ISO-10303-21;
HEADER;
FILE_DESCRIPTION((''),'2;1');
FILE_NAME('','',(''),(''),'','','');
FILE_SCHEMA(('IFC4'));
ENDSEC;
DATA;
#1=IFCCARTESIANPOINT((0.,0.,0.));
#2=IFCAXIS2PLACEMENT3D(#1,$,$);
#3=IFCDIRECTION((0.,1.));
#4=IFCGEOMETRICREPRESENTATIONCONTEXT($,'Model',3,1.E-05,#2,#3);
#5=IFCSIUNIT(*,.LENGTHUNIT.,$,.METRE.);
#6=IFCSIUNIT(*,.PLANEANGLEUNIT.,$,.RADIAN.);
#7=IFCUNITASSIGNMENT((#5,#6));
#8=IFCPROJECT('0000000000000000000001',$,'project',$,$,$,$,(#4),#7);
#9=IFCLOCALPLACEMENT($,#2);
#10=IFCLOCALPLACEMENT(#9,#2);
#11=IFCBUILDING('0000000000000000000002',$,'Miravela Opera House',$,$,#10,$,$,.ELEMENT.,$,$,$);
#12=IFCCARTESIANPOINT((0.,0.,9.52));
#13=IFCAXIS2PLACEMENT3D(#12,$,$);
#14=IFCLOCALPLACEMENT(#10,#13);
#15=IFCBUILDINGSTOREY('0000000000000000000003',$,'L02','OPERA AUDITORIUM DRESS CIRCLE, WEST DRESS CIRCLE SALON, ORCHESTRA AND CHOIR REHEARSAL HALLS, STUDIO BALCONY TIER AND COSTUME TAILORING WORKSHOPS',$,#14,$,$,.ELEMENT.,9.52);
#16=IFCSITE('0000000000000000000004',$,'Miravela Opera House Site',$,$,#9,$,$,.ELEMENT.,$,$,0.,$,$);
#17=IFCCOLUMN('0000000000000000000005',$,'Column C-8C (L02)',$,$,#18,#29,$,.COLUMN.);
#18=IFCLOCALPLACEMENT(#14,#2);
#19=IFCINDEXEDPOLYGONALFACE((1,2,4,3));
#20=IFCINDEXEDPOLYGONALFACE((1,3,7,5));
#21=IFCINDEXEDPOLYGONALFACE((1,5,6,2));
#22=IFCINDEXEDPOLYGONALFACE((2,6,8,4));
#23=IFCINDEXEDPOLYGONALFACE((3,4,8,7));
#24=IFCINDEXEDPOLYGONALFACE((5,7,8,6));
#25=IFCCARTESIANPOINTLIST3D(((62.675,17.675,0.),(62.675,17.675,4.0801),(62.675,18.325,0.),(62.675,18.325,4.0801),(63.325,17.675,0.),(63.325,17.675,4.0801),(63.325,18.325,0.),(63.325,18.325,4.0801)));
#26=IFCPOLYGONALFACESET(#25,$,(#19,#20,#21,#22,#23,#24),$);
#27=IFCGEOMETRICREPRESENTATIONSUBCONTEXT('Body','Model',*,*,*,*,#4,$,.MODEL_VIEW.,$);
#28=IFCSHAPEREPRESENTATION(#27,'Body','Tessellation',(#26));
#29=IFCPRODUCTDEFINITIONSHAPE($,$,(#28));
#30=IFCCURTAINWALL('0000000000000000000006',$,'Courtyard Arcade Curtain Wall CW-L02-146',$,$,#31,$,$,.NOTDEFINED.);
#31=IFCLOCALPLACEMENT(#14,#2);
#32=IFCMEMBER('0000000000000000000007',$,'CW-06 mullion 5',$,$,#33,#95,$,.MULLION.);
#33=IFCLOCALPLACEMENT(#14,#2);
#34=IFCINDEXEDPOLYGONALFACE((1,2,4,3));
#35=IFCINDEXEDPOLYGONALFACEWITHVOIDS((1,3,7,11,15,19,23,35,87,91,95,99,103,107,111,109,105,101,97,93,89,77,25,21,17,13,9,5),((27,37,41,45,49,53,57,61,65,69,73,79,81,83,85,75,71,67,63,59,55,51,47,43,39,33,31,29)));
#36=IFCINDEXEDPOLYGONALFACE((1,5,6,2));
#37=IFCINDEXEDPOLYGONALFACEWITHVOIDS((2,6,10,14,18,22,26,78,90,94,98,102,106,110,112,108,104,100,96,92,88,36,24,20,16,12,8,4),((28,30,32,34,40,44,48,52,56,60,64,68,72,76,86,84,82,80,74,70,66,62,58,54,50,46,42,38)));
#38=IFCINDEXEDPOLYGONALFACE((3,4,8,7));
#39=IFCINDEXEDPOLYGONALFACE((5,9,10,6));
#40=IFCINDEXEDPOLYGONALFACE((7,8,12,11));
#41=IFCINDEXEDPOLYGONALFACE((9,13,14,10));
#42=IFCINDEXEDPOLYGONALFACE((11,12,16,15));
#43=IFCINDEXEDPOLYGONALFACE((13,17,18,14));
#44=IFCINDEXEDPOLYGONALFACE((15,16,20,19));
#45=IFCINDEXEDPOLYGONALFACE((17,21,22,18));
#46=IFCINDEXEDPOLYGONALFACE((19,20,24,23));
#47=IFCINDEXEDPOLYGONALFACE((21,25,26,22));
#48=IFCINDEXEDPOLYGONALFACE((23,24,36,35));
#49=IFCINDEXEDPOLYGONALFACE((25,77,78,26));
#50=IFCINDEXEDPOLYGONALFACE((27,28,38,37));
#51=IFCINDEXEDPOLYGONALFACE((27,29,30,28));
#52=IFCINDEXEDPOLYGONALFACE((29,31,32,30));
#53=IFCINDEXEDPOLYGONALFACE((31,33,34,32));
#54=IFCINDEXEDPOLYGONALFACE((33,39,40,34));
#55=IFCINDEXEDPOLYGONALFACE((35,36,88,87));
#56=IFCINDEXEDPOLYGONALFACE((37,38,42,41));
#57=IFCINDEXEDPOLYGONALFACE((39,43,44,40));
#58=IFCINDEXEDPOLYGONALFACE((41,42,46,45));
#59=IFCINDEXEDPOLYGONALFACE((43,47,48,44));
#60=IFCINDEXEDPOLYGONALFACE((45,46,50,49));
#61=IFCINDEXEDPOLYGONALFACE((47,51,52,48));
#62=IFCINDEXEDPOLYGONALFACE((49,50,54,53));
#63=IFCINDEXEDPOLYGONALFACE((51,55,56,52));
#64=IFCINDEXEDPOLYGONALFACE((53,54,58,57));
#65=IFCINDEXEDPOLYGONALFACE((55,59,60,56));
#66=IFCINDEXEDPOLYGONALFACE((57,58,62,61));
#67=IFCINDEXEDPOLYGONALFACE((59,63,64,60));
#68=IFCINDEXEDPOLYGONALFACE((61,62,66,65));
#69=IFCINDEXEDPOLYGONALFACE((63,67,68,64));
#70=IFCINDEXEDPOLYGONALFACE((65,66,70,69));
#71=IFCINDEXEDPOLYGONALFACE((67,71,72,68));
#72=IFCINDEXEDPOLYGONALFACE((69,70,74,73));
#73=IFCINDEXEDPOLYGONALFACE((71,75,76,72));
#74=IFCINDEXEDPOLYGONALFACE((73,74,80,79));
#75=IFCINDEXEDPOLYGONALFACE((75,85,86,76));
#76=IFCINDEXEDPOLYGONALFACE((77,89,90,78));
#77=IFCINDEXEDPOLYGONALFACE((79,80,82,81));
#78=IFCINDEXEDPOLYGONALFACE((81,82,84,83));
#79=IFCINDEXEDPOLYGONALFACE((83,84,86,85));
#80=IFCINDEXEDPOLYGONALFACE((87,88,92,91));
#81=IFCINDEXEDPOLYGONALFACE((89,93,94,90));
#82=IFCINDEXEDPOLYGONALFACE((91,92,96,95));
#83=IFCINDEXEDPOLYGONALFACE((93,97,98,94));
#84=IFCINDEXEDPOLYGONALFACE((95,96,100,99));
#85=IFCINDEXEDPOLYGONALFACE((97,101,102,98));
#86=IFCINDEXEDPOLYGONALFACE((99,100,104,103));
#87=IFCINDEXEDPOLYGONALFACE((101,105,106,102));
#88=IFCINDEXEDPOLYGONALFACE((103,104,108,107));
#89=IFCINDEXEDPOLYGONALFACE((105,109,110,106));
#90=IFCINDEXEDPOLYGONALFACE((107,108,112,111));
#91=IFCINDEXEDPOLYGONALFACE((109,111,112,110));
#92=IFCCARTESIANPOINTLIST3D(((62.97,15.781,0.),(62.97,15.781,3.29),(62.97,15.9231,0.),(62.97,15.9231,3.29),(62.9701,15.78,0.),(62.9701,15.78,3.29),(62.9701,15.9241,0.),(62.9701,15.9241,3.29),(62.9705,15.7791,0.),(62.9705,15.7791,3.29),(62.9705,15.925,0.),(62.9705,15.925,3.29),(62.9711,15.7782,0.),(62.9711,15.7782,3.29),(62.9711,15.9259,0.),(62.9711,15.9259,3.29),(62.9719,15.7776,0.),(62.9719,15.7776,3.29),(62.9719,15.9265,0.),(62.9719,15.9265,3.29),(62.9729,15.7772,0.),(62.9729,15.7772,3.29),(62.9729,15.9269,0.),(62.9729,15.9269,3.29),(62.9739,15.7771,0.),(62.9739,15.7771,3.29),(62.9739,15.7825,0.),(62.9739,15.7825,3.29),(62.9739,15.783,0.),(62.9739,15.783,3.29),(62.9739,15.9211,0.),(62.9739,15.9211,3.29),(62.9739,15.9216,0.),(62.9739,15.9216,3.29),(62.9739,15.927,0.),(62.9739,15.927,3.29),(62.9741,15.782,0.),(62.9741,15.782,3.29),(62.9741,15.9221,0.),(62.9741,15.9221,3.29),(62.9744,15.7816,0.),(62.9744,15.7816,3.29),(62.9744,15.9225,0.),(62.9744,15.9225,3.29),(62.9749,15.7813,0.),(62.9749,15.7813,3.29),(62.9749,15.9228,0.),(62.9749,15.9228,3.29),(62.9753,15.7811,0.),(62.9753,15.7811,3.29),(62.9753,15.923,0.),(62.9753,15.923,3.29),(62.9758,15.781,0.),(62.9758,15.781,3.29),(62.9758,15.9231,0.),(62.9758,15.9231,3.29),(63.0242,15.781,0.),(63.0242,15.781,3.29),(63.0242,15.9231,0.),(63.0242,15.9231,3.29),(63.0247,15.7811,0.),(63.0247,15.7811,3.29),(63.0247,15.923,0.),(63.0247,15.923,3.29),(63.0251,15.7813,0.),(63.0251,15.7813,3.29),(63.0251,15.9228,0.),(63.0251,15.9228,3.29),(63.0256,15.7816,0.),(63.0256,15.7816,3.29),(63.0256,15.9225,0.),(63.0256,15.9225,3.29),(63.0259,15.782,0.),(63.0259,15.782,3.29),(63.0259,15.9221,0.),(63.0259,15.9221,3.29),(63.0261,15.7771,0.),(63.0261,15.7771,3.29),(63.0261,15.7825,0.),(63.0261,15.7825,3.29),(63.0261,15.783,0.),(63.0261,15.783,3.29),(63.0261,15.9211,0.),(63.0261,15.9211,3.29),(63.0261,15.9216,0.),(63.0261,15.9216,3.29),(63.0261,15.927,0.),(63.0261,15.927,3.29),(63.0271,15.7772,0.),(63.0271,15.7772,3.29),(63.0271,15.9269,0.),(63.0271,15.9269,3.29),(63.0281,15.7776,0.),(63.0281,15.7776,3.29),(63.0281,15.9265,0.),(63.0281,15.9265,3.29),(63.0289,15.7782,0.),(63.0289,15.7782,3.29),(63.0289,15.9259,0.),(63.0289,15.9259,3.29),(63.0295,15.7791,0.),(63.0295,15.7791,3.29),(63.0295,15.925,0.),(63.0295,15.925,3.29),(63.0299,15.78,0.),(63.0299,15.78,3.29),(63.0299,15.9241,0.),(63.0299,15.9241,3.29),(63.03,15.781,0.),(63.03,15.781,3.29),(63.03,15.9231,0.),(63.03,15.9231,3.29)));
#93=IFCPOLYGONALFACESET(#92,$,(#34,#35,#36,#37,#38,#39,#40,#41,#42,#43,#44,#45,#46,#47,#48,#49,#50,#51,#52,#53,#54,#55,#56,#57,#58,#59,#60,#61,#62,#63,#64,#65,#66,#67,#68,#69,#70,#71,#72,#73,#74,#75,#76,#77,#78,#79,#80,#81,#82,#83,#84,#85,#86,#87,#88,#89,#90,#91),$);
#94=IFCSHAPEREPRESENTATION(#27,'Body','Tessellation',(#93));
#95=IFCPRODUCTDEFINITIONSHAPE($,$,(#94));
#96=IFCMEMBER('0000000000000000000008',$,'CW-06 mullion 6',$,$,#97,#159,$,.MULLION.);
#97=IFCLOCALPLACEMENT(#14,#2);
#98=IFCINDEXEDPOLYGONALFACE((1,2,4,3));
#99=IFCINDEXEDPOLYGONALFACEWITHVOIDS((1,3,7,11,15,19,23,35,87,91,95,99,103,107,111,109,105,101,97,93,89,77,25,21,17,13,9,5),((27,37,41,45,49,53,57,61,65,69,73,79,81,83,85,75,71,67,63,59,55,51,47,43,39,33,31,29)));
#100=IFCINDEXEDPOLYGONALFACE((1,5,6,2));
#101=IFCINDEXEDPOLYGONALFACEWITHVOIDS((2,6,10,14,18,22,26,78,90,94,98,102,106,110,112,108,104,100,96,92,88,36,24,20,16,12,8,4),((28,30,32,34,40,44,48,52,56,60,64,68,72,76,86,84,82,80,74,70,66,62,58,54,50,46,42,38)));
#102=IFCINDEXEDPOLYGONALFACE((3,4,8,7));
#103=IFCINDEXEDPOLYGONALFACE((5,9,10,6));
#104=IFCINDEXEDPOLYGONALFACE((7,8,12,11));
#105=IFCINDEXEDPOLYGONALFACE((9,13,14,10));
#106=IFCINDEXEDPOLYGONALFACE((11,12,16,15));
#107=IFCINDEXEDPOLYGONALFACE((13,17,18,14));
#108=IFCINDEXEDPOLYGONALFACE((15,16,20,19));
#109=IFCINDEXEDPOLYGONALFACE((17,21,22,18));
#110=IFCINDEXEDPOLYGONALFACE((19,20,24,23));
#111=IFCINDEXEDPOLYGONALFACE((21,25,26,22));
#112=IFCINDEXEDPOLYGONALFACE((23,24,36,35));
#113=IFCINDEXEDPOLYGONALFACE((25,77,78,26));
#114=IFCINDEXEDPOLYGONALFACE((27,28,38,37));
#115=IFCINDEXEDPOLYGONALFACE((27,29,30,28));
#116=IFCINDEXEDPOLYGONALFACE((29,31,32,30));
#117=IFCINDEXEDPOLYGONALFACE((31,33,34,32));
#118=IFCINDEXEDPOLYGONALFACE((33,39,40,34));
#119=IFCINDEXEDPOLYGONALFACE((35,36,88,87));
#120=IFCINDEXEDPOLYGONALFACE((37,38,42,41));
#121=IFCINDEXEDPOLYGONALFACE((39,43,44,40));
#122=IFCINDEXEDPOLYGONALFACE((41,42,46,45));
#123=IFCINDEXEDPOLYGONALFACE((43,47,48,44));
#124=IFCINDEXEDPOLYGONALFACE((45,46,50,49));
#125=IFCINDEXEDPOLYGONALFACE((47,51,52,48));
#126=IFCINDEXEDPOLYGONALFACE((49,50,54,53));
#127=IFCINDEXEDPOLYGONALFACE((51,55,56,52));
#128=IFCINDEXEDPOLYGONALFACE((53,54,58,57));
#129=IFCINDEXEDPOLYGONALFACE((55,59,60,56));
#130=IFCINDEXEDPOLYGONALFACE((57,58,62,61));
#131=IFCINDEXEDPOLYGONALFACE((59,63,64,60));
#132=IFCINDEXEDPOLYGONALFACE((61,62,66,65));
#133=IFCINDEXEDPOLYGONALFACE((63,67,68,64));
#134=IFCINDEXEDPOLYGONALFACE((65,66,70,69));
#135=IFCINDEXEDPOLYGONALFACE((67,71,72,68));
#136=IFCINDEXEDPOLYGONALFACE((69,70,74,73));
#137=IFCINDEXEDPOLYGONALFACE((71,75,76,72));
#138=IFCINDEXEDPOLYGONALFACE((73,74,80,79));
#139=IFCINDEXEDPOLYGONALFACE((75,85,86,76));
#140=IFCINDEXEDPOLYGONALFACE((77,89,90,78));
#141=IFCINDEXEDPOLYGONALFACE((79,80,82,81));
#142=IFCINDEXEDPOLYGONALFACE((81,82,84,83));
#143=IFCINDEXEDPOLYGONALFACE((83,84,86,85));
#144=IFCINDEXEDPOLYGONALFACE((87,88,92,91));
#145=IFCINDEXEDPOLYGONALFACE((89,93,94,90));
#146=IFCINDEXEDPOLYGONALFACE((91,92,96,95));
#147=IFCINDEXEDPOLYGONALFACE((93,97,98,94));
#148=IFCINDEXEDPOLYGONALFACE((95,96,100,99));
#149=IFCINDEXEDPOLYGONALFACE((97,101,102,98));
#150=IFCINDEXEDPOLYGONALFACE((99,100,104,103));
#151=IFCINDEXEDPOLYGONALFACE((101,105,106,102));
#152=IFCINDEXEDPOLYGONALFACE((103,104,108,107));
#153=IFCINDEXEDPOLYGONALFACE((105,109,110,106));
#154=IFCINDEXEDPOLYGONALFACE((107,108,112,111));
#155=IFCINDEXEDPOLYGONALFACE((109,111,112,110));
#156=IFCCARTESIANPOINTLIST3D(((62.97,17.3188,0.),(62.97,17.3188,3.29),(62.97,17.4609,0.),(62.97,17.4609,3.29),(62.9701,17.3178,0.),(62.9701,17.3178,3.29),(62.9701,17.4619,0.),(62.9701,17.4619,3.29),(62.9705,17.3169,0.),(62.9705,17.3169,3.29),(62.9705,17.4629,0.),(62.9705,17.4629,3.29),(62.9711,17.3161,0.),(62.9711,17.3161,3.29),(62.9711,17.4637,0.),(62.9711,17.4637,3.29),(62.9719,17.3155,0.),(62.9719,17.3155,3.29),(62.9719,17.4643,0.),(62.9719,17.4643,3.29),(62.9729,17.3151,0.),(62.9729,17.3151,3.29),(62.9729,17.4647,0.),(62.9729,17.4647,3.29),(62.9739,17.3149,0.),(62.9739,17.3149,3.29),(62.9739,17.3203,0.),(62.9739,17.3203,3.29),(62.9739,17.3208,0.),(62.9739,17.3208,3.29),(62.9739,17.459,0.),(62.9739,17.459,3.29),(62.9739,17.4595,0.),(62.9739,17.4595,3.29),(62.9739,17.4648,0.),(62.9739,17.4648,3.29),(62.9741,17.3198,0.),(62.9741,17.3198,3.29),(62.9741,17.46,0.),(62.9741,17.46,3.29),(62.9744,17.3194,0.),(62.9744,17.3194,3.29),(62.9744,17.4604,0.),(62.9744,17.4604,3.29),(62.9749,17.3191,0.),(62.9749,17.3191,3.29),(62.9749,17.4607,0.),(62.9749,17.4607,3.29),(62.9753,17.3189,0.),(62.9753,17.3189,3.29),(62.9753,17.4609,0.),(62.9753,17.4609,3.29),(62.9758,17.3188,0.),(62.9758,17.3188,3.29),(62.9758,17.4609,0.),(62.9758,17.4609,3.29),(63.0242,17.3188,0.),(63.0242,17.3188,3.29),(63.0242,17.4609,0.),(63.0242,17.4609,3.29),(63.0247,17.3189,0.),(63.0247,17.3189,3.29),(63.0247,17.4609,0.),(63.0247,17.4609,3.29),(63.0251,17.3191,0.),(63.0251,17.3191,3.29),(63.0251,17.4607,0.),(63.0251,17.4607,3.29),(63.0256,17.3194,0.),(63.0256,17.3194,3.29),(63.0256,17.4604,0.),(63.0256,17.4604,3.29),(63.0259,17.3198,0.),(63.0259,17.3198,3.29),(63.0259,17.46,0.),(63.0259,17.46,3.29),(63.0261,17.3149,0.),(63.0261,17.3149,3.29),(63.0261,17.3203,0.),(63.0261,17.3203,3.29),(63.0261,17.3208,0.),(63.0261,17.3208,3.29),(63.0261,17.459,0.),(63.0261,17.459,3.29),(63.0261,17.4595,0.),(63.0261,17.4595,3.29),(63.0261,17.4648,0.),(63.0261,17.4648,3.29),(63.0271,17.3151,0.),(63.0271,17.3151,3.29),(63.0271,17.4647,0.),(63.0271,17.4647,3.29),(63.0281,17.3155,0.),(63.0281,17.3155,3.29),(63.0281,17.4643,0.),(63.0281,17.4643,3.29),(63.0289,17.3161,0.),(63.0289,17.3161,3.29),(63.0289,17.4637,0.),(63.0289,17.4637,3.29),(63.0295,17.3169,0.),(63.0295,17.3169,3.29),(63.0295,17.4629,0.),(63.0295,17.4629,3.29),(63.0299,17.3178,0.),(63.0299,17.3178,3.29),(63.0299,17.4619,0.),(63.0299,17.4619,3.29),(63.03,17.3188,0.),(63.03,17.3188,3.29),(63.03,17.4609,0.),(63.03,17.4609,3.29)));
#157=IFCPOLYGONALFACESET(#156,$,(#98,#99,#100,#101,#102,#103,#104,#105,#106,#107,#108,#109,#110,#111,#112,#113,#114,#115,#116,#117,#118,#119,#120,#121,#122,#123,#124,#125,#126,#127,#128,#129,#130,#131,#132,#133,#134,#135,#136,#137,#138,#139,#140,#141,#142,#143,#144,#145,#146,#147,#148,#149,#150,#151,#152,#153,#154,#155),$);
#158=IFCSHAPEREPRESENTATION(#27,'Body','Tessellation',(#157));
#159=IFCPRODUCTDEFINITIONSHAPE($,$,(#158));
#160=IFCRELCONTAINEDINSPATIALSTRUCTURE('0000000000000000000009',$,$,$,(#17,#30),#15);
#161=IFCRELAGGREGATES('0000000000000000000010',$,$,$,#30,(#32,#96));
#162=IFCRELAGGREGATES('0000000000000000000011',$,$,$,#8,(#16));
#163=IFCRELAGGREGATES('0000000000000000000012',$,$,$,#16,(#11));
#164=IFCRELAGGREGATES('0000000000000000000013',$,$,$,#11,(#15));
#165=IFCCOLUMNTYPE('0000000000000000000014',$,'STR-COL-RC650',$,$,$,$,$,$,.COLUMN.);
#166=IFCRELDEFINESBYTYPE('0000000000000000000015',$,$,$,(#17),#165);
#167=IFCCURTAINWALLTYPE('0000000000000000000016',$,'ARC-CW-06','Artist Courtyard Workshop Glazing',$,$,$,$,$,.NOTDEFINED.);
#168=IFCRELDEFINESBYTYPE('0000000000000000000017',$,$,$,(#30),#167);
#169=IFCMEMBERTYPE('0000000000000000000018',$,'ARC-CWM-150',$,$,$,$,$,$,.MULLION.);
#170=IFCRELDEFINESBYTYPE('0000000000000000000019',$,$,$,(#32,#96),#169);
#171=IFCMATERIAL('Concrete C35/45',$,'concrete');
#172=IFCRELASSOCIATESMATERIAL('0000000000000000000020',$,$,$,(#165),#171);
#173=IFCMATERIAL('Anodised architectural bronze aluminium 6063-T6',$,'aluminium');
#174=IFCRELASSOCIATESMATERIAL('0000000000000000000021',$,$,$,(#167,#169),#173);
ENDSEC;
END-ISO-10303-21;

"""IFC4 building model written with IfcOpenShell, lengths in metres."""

from ifc_helpers import new_model, si_unit, direction, frame, origin, origin_2d, place, context, subcontext, project, spatial, rectangle, hollow_rectangle, extrude, material, material_profile, profile_set, type_object, element, aggregate, save


model = new_model("IFC4")

# Units and contexts
model_context = context("Model", 3, precision=1e-05, world=origin(), true_north=direction((0.0, 1.0)))
body_context = subcontext(model_context, "Body", "Model", "MODEL_VIEW")
ifc_project = project(units=[si_unit("LENGTHUNIT", "METRE"), si_unit("PLANEANGLEUNIT", "RADIAN")], contexts=[model_context])

# Site, building, storey
site_placement = place(None, origin())
site = spatial("IfcSite", under=ifc_project, at=site_placement, Name="Miravela Opera House Site", CompositionType="ELEMENT", RefElevation=0.0)
building_placement = place(site_placement, origin())
building = spatial("IfcBuilding", under=site, at=building_placement, Name="Miravela Opera House", CompositionType="ELEMENT")
storey_placement = place(building_placement, frame((0.0, 0.0, 9.52)))
storey = spatial("IfcBuildingStorey", under=building, at=storey_placement, Name="L02", Description="OPERA AUDITORIUM DRESS CIRCLE, WEST DRESS CIRCLE SALON, ORCHESTRA AND CHOIR REHEARSAL HALLS, STUDIO BALCONY TIER AND COSTUME TAILORING WORKSHOPS", CompositionType="ELEMENT", Elevation=9.52)

# Column
ifc_material_1 = material(Name="Concrete C35/45", Category="concrete")
ifc_material_profile_1 = material_profile(ifc_material_1, rectangle(XDim=0.6499, YDim=0.6499, at=origin_2d()), Name="RC-COL-650X650")
ifc_profile_set_1 = profile_set([ifc_material_profile_1])
column_type = type_object("IfcColumnType", Name="STR-COL-RC650", PredefinedType="COLUMN", material=ifc_profile_set_1)
column_placement = place(storey_placement, frame((63.0, 18.0, 0.0), z_axis=(0.0, 0.0, 1.0), x_axis=(1.0, 0.0, 0.0)))
element("IfcColumn", 1, at=column_placement, inside=storey, type_object=column_type, Name="Column C-8C (L02)", PredefinedType="COLUMN", context=body_context, shape_type="SweptSolid", body=[
    extrude(rectangle(XDim=0.6499, YDim=0.6499, at=origin_2d()), origin(), (0.0, 0.0, 1.0), 4.0801),
])

# Curtain wall, members
ifc_material_2 = material(Name="Anodised architectural bronze aluminium 6063-T6", Category="aluminium")
curtain_wall_type = type_object("IfcCurtainWallType", Name="ARC-CW-06", Description="Artist Courtyard Workshop Glazing", PredefinedType="NOTDEFINED", material=ifc_material_2)
curtain_wall_1_placement = place(storey_placement, origin())
curtain_wall_1 = element("IfcCurtainWall", 2, at=curtain_wall_1_placement, inside=storey, type_object=curtain_wall_type, Name="Courtyard Arcade Curtain Wall CW-L02-146", PredefinedType="NOTDEFINED")
ifc_material_profile_2 = material_profile(ifc_material_2, hollow_rectangle(XDim=0.0601, YDim=0.1499, WallThickness=0.0039, InnerFilletRadius=0.002, OuterFilletRadius=0.0039, at=origin_2d()), Name="CWM-60X150")
ifc_profile_set_2 = profile_set([ifc_material_profile_2])
member_type_1 = type_object("IfcMemberType", Name="ARC-CWM-150", PredefinedType="MULLION", material=ifc_profile_set_2)
member_1_placement = place(storey_placement, frame((63.0, 15.8521, 0.0), z_axis=(0.0, 0.0, 1.0), x_axis=(-1.0, 0.0, 0.0)))
member_1 = element("IfcMember", 3, at=member_1_placement, type_object=member_type_1, Name="CW-06 mullion 5", PredefinedType="MULLION", context=body_context, shape_type="SweptSolid", body=[
    extrude(hollow_rectangle(XDim=0.0601, YDim=0.1499, WallThickness=0.0039, InnerFilletRadius=0.002, OuterFilletRadius=0.0039, at=origin_2d()), origin(), (0.0, 0.0, 1.0), 3.29),
])
member_2_placement = place(storey_placement, frame((63.0, 17.3899, 0.0), z_axis=(0.0, 0.0, 1.0), x_axis=(-1.0, 0.0, 0.0)))
member_2 = element("IfcMember", 4, at=member_2_placement, type_object=member_type_1, Name="CW-06 mullion 6", PredefinedType="MULLION", context=body_context, shape_type="SweptSolid", body=[
    extrude(hollow_rectangle(XDim=0.0601, YDim=0.1499, WallThickness=0.0039, InnerFilletRadius=0.002, OuterFilletRadius=0.0039, at=origin_2d()), origin(), (0.0, 0.0, 1.0), 3.29),
])

aggregate(curtain_wall_1, [member_1, member_2])

save(model, "model.ifc")
